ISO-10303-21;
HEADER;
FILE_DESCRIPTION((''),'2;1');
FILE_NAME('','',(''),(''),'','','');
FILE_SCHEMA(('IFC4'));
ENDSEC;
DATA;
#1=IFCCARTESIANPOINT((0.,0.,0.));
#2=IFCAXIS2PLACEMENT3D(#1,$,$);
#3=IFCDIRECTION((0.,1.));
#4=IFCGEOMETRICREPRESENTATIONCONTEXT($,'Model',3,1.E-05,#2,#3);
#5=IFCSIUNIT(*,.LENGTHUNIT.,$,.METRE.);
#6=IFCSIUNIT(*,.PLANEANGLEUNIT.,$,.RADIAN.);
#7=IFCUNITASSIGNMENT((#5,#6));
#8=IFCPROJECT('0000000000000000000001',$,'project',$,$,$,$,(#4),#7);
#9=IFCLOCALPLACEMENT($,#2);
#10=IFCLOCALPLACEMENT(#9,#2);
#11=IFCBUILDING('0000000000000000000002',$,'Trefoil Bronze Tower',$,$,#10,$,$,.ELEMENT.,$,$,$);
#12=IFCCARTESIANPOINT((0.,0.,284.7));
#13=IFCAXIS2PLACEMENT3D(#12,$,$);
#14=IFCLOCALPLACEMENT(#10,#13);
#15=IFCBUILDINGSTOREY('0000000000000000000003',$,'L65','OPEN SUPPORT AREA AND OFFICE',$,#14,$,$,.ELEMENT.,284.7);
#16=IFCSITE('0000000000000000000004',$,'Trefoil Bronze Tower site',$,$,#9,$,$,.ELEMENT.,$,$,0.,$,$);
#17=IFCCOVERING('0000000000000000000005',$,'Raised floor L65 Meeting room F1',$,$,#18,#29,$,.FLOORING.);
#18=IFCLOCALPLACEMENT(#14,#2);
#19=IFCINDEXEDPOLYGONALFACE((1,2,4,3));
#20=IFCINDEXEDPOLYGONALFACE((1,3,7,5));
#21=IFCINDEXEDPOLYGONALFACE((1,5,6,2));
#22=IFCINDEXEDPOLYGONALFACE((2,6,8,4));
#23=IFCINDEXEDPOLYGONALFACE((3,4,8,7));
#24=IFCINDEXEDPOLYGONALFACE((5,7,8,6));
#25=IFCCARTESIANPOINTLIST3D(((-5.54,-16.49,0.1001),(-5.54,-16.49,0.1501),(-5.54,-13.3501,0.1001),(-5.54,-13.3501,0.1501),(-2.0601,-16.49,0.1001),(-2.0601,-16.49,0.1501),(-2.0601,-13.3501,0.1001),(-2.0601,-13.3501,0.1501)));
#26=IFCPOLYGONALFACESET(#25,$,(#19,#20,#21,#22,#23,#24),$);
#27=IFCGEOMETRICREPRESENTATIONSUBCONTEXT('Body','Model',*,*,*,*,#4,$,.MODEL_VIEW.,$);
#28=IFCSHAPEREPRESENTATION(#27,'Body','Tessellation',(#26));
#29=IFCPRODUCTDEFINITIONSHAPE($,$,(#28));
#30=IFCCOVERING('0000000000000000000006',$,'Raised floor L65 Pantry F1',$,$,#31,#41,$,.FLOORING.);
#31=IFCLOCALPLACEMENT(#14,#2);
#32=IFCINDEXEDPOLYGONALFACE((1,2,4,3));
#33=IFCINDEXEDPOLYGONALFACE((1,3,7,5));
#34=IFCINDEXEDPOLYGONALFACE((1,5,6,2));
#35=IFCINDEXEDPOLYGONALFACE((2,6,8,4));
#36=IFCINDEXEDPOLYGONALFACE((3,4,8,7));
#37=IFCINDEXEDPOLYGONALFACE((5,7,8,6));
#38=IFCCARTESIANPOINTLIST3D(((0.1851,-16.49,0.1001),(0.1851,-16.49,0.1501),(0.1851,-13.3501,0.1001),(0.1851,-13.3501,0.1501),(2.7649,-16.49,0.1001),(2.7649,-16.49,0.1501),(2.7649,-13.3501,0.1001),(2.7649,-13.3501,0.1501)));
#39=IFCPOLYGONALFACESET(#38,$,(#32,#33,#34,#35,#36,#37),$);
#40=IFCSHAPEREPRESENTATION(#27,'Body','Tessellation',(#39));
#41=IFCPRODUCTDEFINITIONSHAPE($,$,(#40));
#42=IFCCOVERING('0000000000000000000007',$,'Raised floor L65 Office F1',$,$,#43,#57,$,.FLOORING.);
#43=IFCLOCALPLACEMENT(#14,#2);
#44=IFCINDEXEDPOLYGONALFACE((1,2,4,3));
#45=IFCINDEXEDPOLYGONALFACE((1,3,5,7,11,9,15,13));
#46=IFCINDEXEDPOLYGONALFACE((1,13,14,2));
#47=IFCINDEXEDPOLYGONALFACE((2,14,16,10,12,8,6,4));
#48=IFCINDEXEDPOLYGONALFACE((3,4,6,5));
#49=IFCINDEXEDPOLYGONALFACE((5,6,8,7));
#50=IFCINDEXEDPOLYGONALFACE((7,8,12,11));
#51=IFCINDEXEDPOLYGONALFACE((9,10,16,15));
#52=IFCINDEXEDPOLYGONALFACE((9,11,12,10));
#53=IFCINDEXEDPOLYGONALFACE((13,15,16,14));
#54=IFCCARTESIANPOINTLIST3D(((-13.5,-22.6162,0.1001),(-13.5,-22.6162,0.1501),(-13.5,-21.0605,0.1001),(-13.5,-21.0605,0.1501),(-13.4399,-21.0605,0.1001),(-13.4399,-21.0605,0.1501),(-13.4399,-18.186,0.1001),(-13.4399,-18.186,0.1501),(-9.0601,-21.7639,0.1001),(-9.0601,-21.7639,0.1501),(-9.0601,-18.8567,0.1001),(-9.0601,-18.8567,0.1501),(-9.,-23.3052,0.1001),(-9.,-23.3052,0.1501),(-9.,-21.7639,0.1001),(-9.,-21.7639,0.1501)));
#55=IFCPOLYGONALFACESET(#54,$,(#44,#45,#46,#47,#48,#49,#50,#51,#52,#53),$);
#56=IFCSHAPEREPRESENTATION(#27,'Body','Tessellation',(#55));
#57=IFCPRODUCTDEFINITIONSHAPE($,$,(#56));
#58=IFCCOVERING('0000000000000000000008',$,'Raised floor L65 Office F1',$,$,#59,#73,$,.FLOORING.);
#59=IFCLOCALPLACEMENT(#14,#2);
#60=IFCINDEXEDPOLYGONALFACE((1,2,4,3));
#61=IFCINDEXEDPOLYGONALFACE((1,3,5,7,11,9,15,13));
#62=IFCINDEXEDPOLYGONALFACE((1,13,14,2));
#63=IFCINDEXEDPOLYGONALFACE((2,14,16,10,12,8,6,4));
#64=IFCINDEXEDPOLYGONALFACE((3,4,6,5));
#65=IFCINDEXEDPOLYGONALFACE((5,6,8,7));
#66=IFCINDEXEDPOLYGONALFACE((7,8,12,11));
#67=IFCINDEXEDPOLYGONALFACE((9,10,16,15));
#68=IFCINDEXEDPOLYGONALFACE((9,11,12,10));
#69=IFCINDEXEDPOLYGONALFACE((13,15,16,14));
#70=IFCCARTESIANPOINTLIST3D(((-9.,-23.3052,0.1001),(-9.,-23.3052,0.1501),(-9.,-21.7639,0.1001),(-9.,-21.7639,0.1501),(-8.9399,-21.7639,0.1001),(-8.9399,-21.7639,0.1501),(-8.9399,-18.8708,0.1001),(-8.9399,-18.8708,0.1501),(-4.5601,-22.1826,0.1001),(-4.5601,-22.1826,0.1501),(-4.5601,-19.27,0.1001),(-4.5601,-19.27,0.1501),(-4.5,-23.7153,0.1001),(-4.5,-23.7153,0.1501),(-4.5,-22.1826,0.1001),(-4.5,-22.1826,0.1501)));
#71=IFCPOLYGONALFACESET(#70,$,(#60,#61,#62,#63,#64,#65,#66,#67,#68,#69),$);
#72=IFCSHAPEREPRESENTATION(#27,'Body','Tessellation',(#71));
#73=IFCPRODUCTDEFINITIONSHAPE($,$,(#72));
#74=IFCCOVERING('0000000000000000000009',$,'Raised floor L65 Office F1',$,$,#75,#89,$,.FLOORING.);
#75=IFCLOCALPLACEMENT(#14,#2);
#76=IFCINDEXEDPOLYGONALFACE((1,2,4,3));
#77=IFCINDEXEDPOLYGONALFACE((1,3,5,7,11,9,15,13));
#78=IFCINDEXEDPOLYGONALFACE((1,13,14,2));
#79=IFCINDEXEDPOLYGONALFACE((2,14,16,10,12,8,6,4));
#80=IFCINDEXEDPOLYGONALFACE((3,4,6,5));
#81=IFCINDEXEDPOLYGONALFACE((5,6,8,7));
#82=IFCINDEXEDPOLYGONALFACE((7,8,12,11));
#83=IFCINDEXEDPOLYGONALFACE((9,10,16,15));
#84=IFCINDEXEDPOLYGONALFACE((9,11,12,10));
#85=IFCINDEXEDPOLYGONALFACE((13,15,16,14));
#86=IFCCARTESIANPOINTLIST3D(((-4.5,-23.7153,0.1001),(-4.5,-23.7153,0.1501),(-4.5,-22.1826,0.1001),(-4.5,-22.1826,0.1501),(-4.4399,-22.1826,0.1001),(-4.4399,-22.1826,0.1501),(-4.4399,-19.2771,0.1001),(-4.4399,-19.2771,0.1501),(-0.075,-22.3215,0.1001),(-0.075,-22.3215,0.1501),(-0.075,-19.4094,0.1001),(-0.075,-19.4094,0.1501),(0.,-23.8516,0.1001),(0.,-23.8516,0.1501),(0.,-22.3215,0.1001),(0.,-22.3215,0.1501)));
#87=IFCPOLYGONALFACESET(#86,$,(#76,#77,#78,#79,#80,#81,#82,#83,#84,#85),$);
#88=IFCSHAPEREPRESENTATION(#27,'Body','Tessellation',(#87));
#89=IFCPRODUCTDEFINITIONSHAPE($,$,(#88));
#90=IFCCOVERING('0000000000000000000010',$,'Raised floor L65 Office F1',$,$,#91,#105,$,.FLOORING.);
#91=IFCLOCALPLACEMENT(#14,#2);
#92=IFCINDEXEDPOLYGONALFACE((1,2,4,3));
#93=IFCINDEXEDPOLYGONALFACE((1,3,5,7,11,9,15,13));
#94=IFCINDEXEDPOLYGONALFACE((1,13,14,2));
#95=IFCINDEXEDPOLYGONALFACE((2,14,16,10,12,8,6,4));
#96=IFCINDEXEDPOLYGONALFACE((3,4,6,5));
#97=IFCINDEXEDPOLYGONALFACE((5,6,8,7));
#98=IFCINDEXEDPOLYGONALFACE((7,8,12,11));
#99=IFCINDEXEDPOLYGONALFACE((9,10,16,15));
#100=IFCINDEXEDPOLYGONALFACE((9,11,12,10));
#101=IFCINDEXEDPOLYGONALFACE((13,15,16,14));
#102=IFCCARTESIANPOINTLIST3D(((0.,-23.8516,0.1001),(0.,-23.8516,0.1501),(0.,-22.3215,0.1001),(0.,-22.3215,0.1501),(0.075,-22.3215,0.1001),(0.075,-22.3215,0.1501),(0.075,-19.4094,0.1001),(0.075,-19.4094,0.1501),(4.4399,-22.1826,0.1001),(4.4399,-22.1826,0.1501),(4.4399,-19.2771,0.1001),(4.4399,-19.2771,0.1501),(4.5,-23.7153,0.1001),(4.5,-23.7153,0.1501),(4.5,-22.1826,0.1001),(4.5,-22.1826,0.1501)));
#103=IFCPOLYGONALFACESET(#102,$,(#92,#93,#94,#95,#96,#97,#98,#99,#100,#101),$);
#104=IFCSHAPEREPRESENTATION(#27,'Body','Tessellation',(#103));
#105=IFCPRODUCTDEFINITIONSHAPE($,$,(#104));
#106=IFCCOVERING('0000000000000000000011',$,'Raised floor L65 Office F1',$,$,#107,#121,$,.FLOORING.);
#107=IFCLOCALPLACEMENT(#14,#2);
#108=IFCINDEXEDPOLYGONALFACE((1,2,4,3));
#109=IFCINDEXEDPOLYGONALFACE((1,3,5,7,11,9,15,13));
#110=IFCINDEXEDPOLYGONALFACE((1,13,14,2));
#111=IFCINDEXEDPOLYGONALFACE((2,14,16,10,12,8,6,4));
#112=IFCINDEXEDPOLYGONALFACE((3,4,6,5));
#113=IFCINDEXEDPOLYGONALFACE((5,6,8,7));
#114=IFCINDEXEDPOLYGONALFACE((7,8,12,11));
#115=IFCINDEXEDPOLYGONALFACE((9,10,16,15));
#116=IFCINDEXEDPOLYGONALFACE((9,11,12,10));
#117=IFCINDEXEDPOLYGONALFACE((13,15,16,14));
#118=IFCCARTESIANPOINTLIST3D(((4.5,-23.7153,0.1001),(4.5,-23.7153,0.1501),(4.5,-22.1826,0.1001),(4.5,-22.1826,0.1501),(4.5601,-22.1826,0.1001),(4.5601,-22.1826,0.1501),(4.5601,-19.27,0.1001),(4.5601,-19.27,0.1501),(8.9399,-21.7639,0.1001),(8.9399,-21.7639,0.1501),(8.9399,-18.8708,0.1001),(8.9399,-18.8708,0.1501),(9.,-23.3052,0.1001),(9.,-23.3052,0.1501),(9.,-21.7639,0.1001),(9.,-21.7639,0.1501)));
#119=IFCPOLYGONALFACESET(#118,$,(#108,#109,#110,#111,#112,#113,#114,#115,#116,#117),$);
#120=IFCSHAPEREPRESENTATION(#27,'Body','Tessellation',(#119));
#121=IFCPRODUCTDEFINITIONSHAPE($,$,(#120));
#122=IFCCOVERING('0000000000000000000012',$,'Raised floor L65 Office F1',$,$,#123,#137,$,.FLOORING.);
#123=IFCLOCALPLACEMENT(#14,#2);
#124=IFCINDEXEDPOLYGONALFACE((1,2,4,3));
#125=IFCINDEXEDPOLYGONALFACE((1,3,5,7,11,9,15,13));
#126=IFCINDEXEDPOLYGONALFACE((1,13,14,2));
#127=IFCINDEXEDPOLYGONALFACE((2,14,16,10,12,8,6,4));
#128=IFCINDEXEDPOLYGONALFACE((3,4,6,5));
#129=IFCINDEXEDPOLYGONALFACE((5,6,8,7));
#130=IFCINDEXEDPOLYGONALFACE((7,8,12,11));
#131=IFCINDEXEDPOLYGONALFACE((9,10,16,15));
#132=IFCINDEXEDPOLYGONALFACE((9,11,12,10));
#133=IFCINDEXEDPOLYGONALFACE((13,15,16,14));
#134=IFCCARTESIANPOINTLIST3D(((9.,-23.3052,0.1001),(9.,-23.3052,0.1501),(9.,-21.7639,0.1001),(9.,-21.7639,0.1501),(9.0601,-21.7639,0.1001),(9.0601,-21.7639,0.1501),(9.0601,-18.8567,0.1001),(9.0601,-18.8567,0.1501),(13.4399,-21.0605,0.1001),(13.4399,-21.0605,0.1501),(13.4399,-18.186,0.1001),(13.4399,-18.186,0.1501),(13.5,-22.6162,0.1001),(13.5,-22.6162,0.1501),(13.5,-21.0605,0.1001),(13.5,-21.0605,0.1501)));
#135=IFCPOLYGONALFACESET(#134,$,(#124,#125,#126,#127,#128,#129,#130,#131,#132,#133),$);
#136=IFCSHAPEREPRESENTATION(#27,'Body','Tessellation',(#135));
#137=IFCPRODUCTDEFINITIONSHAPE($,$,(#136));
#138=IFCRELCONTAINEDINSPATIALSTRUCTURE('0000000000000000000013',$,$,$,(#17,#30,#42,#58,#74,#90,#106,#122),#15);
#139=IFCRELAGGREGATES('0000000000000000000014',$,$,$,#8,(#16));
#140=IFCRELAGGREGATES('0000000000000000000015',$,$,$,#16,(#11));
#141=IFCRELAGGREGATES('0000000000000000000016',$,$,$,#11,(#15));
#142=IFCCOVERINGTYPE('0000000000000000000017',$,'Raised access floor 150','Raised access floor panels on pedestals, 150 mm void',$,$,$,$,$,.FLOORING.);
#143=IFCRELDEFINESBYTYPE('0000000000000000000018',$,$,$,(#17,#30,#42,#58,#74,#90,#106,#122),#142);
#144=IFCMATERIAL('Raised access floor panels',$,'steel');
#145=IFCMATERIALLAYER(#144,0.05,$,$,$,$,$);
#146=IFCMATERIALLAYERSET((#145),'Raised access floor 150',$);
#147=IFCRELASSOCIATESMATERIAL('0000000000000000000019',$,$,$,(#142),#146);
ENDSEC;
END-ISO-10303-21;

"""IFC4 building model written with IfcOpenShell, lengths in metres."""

from ifc_helpers import new_model, si_unit, direction, frame, origin, place, context, subcontext, project, spatial, polyline, outline, extrude, material, layer, layer_set, type_object, element, save


model = new_model("IFC4")

# Units and contexts
model_context = context("Model", 3, precision=1e-05, world=origin(), true_north=direction((0.0, 1.0)))
body_context = subcontext(model_context, "Body", "Model", "MODEL_VIEW")
ifc_project = project(units=[si_unit("LENGTHUNIT", "METRE"), si_unit("PLANEANGLEUNIT", "RADIAN")], contexts=[model_context])

# Site, building, storey
site_placement = place(None, origin())
site = spatial("IfcSite", under=ifc_project, at=site_placement, Name="Trefoil Bronze Tower site", CompositionType="ELEMENT", RefElevation=0.0)
building_placement = place(site_placement, origin())
building = spatial("IfcBuilding", under=site, at=building_placement, Name="Trefoil Bronze Tower", CompositionType="ELEMENT")
storey_placement = place(building_placement, frame((0.0, 0.0, 284.7)))
storey = spatial("IfcBuildingStorey", under=building, at=storey_placement, Name="L65", Description="OPEN SUPPORT AREA AND OFFICE", CompositionType="ELEMENT", Elevation=284.7)

# Coverings
ifc_material_1 = material(Name="Raised access floor panels", Category="steel")
ifc_layer_1 = layer(ifc_material_1, 0.05)
ifc_layer_set_1 = layer_set([ifc_layer_1], Name="Raised access floor 150")
covering_type_1 = type_object("IfcCoveringType", Name="Raised access floor 150", Description="Raised access floor panels on pedestals, 150 mm void", PredefinedType="FLOORING", material=ifc_layer_set_1)
covering_1_placement = place(storey_placement, frame((0.0, 0.0, 0.1001)))
element("IfcCovering", 1, at=covering_1_placement, inside=storey, type_object=covering_type_1, Name="Raised floor L65 Meeting room F1", PredefinedType="FLOORING", context=body_context, shape_type="SweptSolid", body=[
    extrude(outline(polyline([(-2.0601, -13.3501), (-2.0601, -16.49), (-5.54, -16.49), (-5.54, -13.3501), (-2.0601, -13.3501)])), origin(), (0.0, 0.0, 1.0), 0.05),
])
covering_2_placement = place(storey_placement, frame((0.0, 0.0, 0.1001)))
element("IfcCovering", 2, at=covering_2_placement, inside=storey, type_object=covering_type_1, Name="Raised floor L65 Pantry F1", PredefinedType="FLOORING", context=body_context, shape_type="SweptSolid", body=[
    extrude(outline(polyline([(2.7649, -13.3501), (2.7649, -16.49), (0.1851, -16.49), (0.1851, -13.3501), (2.7649, -13.3501)])), origin(), (0.0, 0.0, 1.0), 0.05),
])
covering_3_placement = place(storey_placement, frame((0.0, 0.0, 0.1001)))
element("IfcCovering", 3, at=covering_3_placement, inside=storey, type_object=covering_type_1, Name="Raised floor L65 Office F1", PredefinedType="FLOORING", context=body_context, shape_type="SweptSolid", body=[
    extrude(outline(polyline([(-9.0, -23.3052), (-13.5, -22.6162), (-13.5, -21.0605), (-13.4399, -21.0605), (-13.4399, -18.186), (-9.0601, -18.8567), (-9.0601, -21.7639), (-9.0, -21.7639), (-9.0, -23.3052)])), origin(), (0.0, 0.0, 1.0), 0.05),
])
covering_4_placement = place(storey_placement, frame((0.0, 0.0, 0.1001)))
element("IfcCovering", 4, at=covering_4_placement, inside=storey, type_object=covering_type_1, Name="Raised floor L65 Office F1", PredefinedType="FLOORING", context=body_context, shape_type="SweptSolid", body=[
    extrude(outline(polyline([(-4.5, -23.7153), (-9.0, -23.3052), (-9.0, -21.7639), (-8.9399, -21.7639), (-8.9399, -18.8708), (-4.5601, -19.27), (-4.5601, -22.1826), (-4.5, -22.1826), (-4.5, -23.7153)])), origin(), (0.0, 0.0, 1.0), 0.05),
])
covering_5_placement = place(storey_placement, frame((0.0, 0.0, 0.1001)))
element("IfcCovering", 5, at=covering_5_placement, inside=storey, type_object=covering_type_1, Name="Raised floor L65 Office F1", PredefinedType="FLOORING", context=body_context, shape_type="SweptSolid", body=[
    extrude(outline(polyline([(0.0, -23.8516), (-4.5, -23.7153), (-4.5, -22.1826), (-4.4399, -22.1826), (-4.4399, -19.2771), (-0.075, -19.4094), (-0.075, -22.3215), (0.0, -22.3215), (0.0, -23.8516)])), origin(), (0.0, 0.0, 1.0), 0.05),
])
covering_6_placement = place(storey_placement, frame((0.0, 0.0, 0.1001)))
element("IfcCovering", 6, at=covering_6_placement, inside=storey, type_object=covering_type_1, Name="Raised floor L65 Office F1", PredefinedType="FLOORING", context=body_context, shape_type="SweptSolid", body=[
    extrude(outline(polyline([(4.5, -23.7153), (0.0, -23.8516), (0.0, -22.3215), (0.075, -22.3215), (0.075, -19.4094), (4.4399, -19.2771), (4.4399, -22.1826), (4.5, -22.1826), (4.5, -23.7153)])), origin(), (0.0, 0.0, 1.0), 0.05),
])
covering_7_placement = place(storey_placement, frame((0.0, 0.0, 0.1001)))
element("IfcCovering", 7, at=covering_7_placement, inside=storey, type_object=covering_type_1, Name="Raised floor L65 Office F1", PredefinedType="FLOORING", context=body_context, shape_type="SweptSolid", body=[
    extrude(outline(polyline([(9.0, -23.3052), (4.5, -23.7153), (4.5, -22.1826), (4.5601, -22.1826), (4.5601, -19.27), (8.9399, -18.8708), (8.9399, -21.7639), (9.0, -21.7639), (9.0, -23.3052)])), origin(), (0.0, 0.0, 1.0), 0.05),
])
covering_8_placement = place(storey_placement, frame((0.0, 0.0, 0.1001)))
element("IfcCovering", 8, at=covering_8_placement, inside=storey, type_object=covering_type_1, Name="Raised floor L65 Office F1", PredefinedType="FLOORING", context=body_context, shape_type="SweptSolid", body=[
    extrude(outline(polyline([(13.5, -22.6162), (9.0, -23.3052), (9.0, -21.7639), (9.0601, -21.7639), (9.0601, -18.8567), (13.4399, -18.186), (13.4399, -21.0605), (13.5, -21.0605), (13.5, -22.6162)])), origin(), (0.0, 0.0, 1.0), 0.05),
])

save(model, "model.ifc")
